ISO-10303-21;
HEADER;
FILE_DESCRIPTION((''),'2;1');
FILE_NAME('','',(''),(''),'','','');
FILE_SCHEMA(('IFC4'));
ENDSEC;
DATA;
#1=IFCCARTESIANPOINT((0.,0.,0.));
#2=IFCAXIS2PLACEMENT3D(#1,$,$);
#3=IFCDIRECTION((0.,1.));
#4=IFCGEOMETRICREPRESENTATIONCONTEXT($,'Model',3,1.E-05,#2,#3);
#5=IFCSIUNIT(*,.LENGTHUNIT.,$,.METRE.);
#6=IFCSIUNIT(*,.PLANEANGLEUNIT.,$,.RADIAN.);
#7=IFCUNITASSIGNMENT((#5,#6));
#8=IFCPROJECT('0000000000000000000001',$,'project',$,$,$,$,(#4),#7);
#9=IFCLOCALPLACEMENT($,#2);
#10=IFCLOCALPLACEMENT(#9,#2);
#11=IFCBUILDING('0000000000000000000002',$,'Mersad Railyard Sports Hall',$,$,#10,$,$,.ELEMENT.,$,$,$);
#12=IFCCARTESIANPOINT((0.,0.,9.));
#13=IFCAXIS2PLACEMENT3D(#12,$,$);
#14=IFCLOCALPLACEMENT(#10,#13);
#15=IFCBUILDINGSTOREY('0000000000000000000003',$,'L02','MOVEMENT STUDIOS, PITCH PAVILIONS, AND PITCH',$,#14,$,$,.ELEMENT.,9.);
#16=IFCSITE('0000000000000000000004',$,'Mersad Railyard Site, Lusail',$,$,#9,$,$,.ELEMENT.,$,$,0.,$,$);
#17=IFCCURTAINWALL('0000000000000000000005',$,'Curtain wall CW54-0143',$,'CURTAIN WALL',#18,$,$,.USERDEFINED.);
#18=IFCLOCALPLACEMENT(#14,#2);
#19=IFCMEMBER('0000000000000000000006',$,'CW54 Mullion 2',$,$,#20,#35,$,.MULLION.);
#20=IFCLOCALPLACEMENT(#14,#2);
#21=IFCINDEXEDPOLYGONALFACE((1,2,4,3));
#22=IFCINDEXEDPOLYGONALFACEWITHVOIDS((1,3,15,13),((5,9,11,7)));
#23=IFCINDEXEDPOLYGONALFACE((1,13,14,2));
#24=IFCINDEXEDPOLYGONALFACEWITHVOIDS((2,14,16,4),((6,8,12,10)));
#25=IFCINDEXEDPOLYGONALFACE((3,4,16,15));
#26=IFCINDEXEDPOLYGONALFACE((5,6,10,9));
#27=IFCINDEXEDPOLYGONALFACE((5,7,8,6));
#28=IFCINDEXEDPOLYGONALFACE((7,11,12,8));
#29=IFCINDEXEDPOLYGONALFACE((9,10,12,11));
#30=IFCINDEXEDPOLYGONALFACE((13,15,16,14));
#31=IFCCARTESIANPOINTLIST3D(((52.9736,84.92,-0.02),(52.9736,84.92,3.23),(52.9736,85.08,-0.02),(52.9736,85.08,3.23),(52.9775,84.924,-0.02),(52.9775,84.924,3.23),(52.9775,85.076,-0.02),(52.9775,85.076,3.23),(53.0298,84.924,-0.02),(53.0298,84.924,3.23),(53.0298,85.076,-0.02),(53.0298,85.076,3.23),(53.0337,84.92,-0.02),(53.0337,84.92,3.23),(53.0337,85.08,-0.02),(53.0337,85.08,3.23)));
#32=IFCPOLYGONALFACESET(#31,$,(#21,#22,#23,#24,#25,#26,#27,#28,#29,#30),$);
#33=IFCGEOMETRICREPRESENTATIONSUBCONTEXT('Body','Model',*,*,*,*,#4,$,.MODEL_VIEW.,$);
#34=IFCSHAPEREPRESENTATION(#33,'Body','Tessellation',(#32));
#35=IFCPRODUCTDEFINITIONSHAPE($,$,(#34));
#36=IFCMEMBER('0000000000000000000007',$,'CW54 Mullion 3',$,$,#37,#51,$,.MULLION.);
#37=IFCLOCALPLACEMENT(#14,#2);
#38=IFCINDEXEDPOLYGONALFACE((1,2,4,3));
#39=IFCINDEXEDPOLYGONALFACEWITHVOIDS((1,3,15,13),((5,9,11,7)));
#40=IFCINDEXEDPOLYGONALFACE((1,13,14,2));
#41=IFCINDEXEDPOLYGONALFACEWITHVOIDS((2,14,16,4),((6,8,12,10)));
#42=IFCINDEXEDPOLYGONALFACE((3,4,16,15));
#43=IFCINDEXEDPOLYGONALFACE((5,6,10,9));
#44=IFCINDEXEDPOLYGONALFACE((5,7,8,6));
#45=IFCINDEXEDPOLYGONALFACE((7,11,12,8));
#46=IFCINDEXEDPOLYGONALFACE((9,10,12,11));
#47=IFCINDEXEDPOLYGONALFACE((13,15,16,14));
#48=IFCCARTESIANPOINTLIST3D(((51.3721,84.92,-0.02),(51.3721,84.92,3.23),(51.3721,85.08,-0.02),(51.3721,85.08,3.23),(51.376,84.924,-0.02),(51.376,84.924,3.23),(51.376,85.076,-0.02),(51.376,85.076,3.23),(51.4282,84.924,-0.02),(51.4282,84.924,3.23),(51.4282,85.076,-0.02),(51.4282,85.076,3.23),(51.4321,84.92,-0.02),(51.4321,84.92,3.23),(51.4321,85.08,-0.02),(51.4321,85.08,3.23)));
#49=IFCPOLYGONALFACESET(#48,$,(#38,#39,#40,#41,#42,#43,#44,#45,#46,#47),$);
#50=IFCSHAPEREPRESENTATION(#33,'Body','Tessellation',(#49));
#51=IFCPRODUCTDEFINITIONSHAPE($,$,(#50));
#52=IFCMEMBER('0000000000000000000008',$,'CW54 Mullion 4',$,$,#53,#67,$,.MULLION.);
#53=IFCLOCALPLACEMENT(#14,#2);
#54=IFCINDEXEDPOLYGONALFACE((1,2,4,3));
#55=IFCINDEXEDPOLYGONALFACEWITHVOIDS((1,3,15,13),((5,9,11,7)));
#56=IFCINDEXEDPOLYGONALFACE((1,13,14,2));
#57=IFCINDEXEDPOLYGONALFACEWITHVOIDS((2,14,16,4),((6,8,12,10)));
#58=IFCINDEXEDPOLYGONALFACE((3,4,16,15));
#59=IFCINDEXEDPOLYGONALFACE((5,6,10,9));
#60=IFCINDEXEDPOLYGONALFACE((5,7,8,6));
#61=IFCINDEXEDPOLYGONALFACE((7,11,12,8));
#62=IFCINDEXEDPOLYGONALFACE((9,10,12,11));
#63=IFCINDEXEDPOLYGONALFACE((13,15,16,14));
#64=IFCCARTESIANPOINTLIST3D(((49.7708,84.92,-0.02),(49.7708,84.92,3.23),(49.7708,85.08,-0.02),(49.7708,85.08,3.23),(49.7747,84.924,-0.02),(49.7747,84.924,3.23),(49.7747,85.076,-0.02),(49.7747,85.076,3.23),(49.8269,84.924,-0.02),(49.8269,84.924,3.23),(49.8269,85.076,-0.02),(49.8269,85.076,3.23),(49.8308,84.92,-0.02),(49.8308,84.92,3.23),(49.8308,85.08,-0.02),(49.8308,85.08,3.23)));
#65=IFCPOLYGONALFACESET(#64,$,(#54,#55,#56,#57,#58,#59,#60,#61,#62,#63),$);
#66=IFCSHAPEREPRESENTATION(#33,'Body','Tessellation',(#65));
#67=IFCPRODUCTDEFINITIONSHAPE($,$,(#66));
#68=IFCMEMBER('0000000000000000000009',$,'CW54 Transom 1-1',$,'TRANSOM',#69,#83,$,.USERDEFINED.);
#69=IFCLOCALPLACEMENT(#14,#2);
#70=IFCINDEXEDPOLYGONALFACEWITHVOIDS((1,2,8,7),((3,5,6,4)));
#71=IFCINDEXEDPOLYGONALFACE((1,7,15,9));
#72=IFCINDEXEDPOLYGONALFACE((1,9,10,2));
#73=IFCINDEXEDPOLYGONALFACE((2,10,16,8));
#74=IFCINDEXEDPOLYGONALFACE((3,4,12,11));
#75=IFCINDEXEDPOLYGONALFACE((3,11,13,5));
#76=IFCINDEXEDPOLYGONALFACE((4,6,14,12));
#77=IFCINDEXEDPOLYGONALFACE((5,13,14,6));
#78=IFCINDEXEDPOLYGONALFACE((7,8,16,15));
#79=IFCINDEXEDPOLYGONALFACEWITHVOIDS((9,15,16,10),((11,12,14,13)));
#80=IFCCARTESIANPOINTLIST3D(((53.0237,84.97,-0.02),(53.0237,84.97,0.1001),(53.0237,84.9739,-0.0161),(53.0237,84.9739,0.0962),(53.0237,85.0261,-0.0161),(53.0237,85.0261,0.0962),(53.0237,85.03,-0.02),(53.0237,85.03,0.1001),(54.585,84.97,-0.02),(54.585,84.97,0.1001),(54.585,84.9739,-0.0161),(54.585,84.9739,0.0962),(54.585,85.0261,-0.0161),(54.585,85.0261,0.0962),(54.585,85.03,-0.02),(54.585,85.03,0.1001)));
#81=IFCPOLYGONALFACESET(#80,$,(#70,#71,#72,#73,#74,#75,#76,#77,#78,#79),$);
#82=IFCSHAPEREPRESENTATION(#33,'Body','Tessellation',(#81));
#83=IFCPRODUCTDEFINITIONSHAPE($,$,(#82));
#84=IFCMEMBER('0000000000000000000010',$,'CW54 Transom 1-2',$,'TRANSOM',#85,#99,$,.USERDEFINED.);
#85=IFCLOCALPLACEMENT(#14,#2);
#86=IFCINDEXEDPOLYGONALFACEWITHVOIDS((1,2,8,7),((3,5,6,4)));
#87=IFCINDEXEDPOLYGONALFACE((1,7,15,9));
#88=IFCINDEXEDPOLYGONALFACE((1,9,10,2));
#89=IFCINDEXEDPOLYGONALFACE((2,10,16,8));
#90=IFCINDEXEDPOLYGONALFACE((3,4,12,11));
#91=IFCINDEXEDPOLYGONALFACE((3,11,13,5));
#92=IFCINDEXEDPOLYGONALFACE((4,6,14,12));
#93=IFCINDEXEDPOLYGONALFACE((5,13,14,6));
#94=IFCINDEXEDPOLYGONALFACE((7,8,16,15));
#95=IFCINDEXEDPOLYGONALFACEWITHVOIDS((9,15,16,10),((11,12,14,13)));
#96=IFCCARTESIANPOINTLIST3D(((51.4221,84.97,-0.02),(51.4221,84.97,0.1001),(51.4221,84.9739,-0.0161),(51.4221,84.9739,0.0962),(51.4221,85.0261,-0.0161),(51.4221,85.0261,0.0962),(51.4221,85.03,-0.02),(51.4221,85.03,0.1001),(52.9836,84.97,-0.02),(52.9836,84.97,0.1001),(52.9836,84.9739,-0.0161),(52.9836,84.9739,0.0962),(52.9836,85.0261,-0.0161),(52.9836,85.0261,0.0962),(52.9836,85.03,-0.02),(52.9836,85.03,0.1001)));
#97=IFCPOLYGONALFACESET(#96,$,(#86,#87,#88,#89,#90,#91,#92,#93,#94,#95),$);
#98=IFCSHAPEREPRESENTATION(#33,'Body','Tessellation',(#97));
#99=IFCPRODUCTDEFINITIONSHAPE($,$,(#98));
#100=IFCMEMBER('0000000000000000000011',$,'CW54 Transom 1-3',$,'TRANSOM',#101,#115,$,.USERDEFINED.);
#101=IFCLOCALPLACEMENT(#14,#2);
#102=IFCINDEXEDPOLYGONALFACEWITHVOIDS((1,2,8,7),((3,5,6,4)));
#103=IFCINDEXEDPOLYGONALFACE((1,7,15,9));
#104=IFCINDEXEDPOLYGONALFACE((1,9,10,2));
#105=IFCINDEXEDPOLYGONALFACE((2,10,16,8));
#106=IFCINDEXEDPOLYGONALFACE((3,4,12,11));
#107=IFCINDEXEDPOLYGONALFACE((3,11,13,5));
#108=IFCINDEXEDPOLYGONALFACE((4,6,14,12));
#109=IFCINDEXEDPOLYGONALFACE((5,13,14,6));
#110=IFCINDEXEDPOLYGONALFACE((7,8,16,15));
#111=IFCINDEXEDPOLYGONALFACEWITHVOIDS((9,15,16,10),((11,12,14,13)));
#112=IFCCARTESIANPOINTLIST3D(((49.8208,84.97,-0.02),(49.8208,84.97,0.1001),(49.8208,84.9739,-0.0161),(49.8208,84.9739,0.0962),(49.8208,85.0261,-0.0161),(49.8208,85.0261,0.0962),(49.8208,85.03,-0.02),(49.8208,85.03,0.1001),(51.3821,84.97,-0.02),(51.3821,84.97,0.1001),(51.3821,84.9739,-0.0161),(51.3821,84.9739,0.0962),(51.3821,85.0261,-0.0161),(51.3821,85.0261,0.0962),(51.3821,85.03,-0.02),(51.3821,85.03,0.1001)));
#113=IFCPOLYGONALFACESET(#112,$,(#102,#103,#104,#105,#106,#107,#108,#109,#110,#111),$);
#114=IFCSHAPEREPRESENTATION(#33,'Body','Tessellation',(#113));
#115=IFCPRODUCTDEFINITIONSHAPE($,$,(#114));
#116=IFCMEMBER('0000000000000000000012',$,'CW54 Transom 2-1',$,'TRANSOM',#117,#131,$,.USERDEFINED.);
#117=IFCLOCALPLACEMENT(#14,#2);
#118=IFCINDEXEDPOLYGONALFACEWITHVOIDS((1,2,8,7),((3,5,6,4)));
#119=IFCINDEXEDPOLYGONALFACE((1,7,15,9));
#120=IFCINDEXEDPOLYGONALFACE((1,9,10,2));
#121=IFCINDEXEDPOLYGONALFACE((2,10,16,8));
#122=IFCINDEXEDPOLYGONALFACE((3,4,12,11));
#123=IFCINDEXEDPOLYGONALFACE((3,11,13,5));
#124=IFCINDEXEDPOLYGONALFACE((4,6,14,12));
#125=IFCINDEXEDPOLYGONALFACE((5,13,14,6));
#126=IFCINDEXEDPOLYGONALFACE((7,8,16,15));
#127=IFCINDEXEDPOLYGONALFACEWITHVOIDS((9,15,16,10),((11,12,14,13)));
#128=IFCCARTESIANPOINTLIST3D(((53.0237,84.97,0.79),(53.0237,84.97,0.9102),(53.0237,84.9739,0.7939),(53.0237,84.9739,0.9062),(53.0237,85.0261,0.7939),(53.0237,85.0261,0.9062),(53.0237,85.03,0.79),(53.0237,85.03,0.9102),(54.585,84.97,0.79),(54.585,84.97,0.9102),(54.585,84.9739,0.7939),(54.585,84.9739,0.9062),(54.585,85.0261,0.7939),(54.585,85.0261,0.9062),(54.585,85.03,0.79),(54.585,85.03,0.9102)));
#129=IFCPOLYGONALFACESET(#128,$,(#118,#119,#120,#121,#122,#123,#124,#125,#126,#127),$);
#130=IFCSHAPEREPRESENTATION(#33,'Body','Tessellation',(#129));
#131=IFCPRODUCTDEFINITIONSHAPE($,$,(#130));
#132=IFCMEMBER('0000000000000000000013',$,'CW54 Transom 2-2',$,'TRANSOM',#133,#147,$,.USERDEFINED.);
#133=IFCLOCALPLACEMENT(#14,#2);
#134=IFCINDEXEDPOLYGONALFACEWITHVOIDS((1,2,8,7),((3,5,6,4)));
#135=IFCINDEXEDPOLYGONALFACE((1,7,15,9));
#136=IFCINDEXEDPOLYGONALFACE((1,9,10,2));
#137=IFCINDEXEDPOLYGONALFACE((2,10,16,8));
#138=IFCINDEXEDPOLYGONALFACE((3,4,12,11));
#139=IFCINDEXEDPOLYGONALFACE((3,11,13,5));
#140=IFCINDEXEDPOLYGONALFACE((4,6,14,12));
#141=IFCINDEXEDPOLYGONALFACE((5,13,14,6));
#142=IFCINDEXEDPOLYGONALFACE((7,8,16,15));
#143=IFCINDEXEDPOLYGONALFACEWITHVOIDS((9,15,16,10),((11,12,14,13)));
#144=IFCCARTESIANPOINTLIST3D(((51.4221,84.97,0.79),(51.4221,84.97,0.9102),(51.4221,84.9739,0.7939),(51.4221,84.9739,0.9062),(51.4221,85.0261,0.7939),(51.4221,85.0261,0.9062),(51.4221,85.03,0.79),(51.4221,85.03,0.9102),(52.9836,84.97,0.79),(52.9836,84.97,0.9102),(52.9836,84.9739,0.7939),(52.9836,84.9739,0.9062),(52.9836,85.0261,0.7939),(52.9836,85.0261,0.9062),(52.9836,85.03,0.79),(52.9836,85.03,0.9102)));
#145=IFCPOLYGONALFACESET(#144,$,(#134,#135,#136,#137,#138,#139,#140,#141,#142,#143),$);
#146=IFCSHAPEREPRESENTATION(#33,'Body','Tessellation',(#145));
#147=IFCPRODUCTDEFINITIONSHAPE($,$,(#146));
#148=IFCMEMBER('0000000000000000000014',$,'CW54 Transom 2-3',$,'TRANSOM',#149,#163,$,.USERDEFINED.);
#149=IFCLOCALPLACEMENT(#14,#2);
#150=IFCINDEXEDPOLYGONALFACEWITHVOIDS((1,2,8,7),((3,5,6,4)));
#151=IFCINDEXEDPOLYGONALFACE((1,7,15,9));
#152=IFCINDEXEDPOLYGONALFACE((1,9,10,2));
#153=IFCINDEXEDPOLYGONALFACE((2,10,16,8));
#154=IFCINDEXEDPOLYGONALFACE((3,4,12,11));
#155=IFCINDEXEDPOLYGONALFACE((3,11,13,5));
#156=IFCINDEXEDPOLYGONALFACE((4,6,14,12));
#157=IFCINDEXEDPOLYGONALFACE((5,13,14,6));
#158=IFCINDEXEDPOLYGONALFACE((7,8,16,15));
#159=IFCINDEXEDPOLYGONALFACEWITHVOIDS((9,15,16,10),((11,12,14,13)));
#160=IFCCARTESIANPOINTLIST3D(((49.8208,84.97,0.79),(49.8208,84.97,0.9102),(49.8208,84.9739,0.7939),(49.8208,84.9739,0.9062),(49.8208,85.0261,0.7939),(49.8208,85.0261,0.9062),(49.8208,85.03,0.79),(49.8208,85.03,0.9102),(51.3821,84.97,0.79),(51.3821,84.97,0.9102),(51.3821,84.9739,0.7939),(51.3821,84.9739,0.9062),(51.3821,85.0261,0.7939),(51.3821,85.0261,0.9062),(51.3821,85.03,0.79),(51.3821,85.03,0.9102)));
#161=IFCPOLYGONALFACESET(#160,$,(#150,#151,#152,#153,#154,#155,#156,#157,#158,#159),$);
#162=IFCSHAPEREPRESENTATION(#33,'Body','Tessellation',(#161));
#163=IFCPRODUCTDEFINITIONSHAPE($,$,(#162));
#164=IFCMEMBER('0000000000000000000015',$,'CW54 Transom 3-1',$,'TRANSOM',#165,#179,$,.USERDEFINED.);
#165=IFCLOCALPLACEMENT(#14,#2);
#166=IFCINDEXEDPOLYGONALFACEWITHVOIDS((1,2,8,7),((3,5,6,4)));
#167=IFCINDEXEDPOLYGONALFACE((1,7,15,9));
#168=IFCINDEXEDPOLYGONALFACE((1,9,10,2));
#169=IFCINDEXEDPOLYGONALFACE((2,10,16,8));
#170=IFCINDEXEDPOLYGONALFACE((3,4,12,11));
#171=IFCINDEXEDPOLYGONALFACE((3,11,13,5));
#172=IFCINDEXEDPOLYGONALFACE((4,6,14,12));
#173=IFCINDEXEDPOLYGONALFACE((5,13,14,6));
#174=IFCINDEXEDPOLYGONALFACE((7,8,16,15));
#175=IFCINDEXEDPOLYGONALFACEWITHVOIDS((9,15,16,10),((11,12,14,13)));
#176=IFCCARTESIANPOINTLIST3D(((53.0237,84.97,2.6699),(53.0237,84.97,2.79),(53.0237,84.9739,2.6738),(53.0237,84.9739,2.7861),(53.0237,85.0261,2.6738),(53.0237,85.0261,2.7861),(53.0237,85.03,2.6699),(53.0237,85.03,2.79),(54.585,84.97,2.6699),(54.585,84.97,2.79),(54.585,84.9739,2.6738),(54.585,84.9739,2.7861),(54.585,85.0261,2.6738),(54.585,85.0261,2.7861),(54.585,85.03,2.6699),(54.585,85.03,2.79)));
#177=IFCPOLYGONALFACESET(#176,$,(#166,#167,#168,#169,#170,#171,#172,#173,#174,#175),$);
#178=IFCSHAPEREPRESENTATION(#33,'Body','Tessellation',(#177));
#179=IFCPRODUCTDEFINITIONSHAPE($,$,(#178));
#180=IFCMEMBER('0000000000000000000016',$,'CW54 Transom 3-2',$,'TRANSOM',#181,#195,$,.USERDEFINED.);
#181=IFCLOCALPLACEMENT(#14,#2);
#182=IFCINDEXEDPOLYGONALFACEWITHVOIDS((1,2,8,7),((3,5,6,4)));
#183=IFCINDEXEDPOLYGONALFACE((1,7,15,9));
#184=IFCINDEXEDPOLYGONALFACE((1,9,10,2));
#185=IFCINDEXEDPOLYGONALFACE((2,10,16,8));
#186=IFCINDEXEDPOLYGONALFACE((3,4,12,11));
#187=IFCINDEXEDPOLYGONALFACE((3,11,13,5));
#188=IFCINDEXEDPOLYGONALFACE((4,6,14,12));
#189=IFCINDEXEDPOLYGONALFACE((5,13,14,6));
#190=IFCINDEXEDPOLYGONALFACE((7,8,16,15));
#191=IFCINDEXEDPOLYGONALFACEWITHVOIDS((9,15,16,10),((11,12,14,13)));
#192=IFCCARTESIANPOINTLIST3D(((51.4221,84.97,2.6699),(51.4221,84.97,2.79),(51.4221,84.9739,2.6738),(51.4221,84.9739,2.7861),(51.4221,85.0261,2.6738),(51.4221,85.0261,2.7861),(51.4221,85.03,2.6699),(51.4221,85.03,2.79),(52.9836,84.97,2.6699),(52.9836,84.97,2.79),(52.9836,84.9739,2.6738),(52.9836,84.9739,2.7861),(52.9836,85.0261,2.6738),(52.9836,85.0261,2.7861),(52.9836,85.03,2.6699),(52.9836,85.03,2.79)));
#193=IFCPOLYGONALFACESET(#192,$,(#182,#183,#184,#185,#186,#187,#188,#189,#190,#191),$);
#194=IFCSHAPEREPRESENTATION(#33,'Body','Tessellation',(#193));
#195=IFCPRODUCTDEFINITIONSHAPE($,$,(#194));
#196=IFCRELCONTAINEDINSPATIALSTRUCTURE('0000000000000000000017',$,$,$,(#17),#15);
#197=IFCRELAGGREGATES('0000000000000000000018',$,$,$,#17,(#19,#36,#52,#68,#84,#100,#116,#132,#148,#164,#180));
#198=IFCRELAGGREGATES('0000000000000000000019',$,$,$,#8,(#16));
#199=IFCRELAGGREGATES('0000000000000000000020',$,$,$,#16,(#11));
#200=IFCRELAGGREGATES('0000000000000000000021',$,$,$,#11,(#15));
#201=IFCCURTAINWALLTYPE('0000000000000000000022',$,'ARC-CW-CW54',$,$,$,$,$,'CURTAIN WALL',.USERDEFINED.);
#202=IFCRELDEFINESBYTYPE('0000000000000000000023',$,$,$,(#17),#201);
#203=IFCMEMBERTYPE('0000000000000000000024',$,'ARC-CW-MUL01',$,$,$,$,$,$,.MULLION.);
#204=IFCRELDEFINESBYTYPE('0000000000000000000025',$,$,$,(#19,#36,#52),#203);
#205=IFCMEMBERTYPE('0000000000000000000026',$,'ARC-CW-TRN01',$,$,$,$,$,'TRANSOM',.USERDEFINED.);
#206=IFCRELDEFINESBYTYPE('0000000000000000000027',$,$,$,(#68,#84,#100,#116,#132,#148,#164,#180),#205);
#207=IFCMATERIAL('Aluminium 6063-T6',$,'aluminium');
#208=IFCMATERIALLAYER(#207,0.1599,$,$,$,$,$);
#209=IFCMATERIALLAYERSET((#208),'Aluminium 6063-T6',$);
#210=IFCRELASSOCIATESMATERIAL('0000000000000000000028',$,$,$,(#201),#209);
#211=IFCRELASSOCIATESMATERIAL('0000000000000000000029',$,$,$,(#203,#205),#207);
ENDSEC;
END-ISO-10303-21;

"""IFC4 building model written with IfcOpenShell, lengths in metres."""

from ifc_helpers import new_model, si_unit, direction, frame, origin, origin_2d, place, context, subcontext, project, spatial, hollow_rectangle, extrude, material, layer, layer_set, material_profile, profile_set, type_object, element, aggregate, save


model = new_model("IFC4")

# Units and contexts
model_context = context("Model", 3, precision=1e-05, world=origin(), true_north=direction((0.0, 1.0)))
body_context = subcontext(model_context, "Body", "Model", "MODEL_VIEW")
ifc_project = project(units=[si_unit("LENGTHUNIT", "METRE"), si_unit("PLANEANGLEUNIT", "RADIAN")], contexts=[model_context])

# Site, building, storey
site_placement = place(None, origin())
site = spatial("IfcSite", under=ifc_project, at=site_placement, Name="Mersad Railyard Site, Lusail", CompositionType="ELEMENT", RefElevation=0.0)
building_placement = place(site_placement, origin())
building = spatial("IfcBuilding", under=site, at=building_placement, Name="Mersad Railyard Sports Hall", CompositionType="ELEMENT")
storey_placement = place(building_placement, frame((0.0, 0.0, 9.0)))
storey = spatial("IfcBuildingStorey", under=building, at=storey_placement, Name="L02", Description="MOVEMENT STUDIOS, PITCH PAVILIONS, AND PITCH", CompositionType="ELEMENT", Elevation=9.0)

# Curtain wall, members
ifc_material_1 = material(Name="Aluminium 6063-T6", Category="aluminium")
ifc_layer_1 = layer(ifc_material_1, 0.1599)
ifc_layer_set_1 = layer_set([ifc_layer_1], Name="Aluminium 6063-T6")
curtain_wall_type = type_object("IfcCurtainWallType", Name="ARC-CW-CW54", ElementType="CURTAIN WALL", PredefinedType="USERDEFINED", material=ifc_layer_set_1)
curtain_wall_placement = place(storey_placement, origin())
curtain_wall = element("IfcCurtainWall", 1, at=curtain_wall_placement, inside=storey, type_object=curtain_wall_type, Name="Curtain wall CW54-0143", ObjectType="CURTAIN WALL", PredefinedType="USERDEFINED")
ifc_material_profile_1 = material_profile(ifc_material_1, hollow_rectangle(XDim=0.0601, YDim=0.1599, WallThickness=0.0039, at=origin_2d()), Name="AL MULLION 60x160x4")
ifc_profile_set_1 = profile_set([ifc_material_profile_1], Name="Aluminium 6063-T6")
member_type_1 = type_object("IfcMemberType", Name="ARC-CW-MUL01", PredefinedType="MULLION", material=ifc_profile_set_1)
member_1_placement = place(storey_placement, frame((53.0037, 85.0, -0.02), z_axis=(0.0, 0.0, 1.0), x_axis=(1.0, 0.0, 0.0)))
member_1 = element("IfcMember", 2, at=member_1_placement, type_object=member_type_1, Name="CW54 Mullion 2", PredefinedType="MULLION", context=body_context, shape_type="SweptSolid", body=[
    extrude(hollow_rectangle(XDim=0.0601, YDim=0.1599, WallThickness=0.0039, at=origin_2d()), origin(), (0.0, 0.0, 1.0), 3.25),
])
member_2_placement = place(storey_placement, frame((51.4021, 85.0, -0.02), z_axis=(0.0, 0.0, 1.0), x_axis=(1.0, 0.0, 0.0)))
member_2 = element("IfcMember", 3, at=member_2_placement, type_object=member_type_1, Name="CW54 Mullion 3", PredefinedType="MULLION", context=body_context, shape_type="SweptSolid", body=[
    extrude(hollow_rectangle(XDim=0.0601, YDim=0.1599, WallThickness=0.0039, at=origin_2d()), origin(), (0.0, 0.0, 1.0), 3.25),
])
member_3_placement = place(storey_placement, frame((49.8008, 85.0, -0.02), z_axis=(0.0, 0.0, 1.0), x_axis=(1.0, 0.0, 0.0)))
member_3 = element("IfcMember", 4, at=member_3_placement, type_object=member_type_1, Name="CW54 Mullion 4", PredefinedType="MULLION", context=body_context, shape_type="SweptSolid", body=[
    extrude(hollow_rectangle(XDim=0.0601, YDim=0.1599, WallThickness=0.0039, at=origin_2d()), origin(), (0.0, 0.0, 1.0), 3.25),
])
ifc_material_profile_2 = material_profile(ifc_material_1, hollow_rectangle(XDim=0.0601, YDim=0.1201, WallThickness=0.0039, at=origin_2d()), Name="AL TRANSOM 60x120x4")
ifc_profile_set_2 = profile_set([ifc_material_profile_2], Name="Aluminium 6063-T6")
member_type_2 = type_object("IfcMemberType", Name="ARC-CW-TRN01", ElementType="TRANSOM", PredefinedType="USERDEFINED", material=ifc_profile_set_2)
member_4_placement = place(storey_placement, frame((54.585, 85.0, 0.04), z_axis=(-1.0, 0.0, 0.0), x_axis=(0.0, -1.0, 0.0)))
member_4 = element("IfcMember", 5, at=member_4_placement, type_object=member_type_2, Name="CW54 Transom 1-1", ObjectType="TRANSOM", PredefinedType="USERDEFINED", context=body_context, shape_type="SweptSolid", body=[
    extrude(hollow_rectangle(XDim=0.0601, YDim=0.1201, WallThickness=0.0039, at=origin_2d()), origin(), (0.0, 0.0, 1.0), 1.5613),
])
member_5_placement = place(storey_placement, frame((52.9836, 85.0, 0.04), z_axis=(-1.0, 0.0, 0.0), x_axis=(0.0, -1.0, 0.0)))
member_5 = element("IfcMember", 6, at=member_5_placement, type_object=member_type_2, Name="CW54 Transom 1-2", ObjectType="TRANSOM", PredefinedType="USERDEFINED", context=body_context, shape_type="SweptSolid", body=[
    extrude(hollow_rectangle(XDim=0.0601, YDim=0.1201, WallThickness=0.0039, at=origin_2d()), origin(), (0.0, 0.0, 1.0), 1.5615),
])
member_6_placement = place(storey_placement, frame((51.3821, 85.0, 0.04), z_axis=(-1.0, 0.0, 0.0), x_axis=(0.0, -1.0, 0.0)))
member_6 = element("IfcMember", 7, at=member_6_placement, type_object=member_type_2, Name="CW54 Transom 1-3", ObjectType="TRANSOM", PredefinedType="USERDEFINED", context=body_context, shape_type="SweptSolid", body=[
    extrude(hollow_rectangle(XDim=0.0601, YDim=0.1201, WallThickness=0.0039, at=origin_2d()), origin(), (0.0, 0.0, 1.0), 1.5613),
])
member_7_placement = place(storey_placement, frame((54.585, 85.0, 0.8501), z_axis=(-1.0, 0.0, 0.0), x_axis=(0.0, -1.0, 0.0)))
member_7 = element("IfcMember", 8, at=member_7_placement, type_object=member_type_2, Name="CW54 Transom 2-1", ObjectType="TRANSOM", PredefinedType="USERDEFINED", context=body_context, shape_type="SweptSolid", body=[
    extrude(hollow_rectangle(XDim=0.0601, YDim=0.1201, WallThickness=0.0039, at=origin_2d()), origin(), (0.0, 0.0, 1.0), 1.5613),
])
member_8_placement = place(storey_placement, frame((52.9836, 85.0, 0.8501), z_axis=(-1.0, 0.0, 0.0), x_axis=(0.0, -1.0, 0.0)))
member_8 = element("IfcMember", 9, at=member_8_placement, type_object=member_type_2, Name="CW54 Transom 2-2", ObjectType="TRANSOM", PredefinedType="USERDEFINED", context=body_context, shape_type="SweptSolid", body=[
    extrude(hollow_rectangle(XDim=0.0601, YDim=0.1201, WallThickness=0.0039, at=origin_2d()), origin(), (0.0, 0.0, 1.0), 1.5615),
])
member_9_placement = place(storey_placement, frame((51.3821, 85.0, 0.8501), z_axis=(-1.0, 0.0, 0.0), x_axis=(0.0, -1.0, 0.0)))
member_9 = element("IfcMember", 10, at=member_9_placement, type_object=member_type_2, Name="CW54 Transom 2-3", ObjectType="TRANSOM", PredefinedType="USERDEFINED", context=body_context, shape_type="SweptSolid", body=[
    extrude(hollow_rectangle(XDim=0.0601, YDim=0.1201, WallThickness=0.0039, at=origin_2d()), origin(), (0.0, 0.0, 1.0), 1.5613),
])
member_10_placement = place(storey_placement, frame((54.585, 85.0, 2.73), z_axis=(-1.0, 0.0, 0.0), x_axis=(0.0, -1.0, 0.0)))
member_10 = element("IfcMember", 11, at=member_10_placement, type_object=member_type_2, Name="CW54 Transom 3-1", ObjectType="TRANSOM", PredefinedType="USERDEFINED", context=body_context, shape_type="SweptSolid", body=[
    extrude(hollow_rectangle(XDim=0.0601, YDim=0.1201, WallThickness=0.0039, at=origin_2d()), origin(), (0.0, 0.0, 1.0), 1.5613),
])
member_11_placement = place(storey_placement, frame((52.9836, 85.0, 2.73), z_axis=(-1.0, 0.0, 0.0), x_axis=(0.0, -1.0, 0.0)))
member_11 = element("IfcMember", 12, at=member_11_placement, type_object=member_type_2, Name="CW54 Transom 3-2", ObjectType="TRANSOM", PredefinedType="USERDEFINED", context=body_context, shape_type="SweptSolid", body=[
    extrude(hollow_rectangle(XDim=0.0601, YDim=0.1201, WallThickness=0.0039, at=origin_2d()), origin(), (0.0, 0.0, 1.0), 1.5615),
])
aggregate(curtain_wall, [member_1, member_2, member_3, member_4, member_5, member_6, member_7, member_8, member_9, member_10, member_11])

save(model, "model.ifc")
